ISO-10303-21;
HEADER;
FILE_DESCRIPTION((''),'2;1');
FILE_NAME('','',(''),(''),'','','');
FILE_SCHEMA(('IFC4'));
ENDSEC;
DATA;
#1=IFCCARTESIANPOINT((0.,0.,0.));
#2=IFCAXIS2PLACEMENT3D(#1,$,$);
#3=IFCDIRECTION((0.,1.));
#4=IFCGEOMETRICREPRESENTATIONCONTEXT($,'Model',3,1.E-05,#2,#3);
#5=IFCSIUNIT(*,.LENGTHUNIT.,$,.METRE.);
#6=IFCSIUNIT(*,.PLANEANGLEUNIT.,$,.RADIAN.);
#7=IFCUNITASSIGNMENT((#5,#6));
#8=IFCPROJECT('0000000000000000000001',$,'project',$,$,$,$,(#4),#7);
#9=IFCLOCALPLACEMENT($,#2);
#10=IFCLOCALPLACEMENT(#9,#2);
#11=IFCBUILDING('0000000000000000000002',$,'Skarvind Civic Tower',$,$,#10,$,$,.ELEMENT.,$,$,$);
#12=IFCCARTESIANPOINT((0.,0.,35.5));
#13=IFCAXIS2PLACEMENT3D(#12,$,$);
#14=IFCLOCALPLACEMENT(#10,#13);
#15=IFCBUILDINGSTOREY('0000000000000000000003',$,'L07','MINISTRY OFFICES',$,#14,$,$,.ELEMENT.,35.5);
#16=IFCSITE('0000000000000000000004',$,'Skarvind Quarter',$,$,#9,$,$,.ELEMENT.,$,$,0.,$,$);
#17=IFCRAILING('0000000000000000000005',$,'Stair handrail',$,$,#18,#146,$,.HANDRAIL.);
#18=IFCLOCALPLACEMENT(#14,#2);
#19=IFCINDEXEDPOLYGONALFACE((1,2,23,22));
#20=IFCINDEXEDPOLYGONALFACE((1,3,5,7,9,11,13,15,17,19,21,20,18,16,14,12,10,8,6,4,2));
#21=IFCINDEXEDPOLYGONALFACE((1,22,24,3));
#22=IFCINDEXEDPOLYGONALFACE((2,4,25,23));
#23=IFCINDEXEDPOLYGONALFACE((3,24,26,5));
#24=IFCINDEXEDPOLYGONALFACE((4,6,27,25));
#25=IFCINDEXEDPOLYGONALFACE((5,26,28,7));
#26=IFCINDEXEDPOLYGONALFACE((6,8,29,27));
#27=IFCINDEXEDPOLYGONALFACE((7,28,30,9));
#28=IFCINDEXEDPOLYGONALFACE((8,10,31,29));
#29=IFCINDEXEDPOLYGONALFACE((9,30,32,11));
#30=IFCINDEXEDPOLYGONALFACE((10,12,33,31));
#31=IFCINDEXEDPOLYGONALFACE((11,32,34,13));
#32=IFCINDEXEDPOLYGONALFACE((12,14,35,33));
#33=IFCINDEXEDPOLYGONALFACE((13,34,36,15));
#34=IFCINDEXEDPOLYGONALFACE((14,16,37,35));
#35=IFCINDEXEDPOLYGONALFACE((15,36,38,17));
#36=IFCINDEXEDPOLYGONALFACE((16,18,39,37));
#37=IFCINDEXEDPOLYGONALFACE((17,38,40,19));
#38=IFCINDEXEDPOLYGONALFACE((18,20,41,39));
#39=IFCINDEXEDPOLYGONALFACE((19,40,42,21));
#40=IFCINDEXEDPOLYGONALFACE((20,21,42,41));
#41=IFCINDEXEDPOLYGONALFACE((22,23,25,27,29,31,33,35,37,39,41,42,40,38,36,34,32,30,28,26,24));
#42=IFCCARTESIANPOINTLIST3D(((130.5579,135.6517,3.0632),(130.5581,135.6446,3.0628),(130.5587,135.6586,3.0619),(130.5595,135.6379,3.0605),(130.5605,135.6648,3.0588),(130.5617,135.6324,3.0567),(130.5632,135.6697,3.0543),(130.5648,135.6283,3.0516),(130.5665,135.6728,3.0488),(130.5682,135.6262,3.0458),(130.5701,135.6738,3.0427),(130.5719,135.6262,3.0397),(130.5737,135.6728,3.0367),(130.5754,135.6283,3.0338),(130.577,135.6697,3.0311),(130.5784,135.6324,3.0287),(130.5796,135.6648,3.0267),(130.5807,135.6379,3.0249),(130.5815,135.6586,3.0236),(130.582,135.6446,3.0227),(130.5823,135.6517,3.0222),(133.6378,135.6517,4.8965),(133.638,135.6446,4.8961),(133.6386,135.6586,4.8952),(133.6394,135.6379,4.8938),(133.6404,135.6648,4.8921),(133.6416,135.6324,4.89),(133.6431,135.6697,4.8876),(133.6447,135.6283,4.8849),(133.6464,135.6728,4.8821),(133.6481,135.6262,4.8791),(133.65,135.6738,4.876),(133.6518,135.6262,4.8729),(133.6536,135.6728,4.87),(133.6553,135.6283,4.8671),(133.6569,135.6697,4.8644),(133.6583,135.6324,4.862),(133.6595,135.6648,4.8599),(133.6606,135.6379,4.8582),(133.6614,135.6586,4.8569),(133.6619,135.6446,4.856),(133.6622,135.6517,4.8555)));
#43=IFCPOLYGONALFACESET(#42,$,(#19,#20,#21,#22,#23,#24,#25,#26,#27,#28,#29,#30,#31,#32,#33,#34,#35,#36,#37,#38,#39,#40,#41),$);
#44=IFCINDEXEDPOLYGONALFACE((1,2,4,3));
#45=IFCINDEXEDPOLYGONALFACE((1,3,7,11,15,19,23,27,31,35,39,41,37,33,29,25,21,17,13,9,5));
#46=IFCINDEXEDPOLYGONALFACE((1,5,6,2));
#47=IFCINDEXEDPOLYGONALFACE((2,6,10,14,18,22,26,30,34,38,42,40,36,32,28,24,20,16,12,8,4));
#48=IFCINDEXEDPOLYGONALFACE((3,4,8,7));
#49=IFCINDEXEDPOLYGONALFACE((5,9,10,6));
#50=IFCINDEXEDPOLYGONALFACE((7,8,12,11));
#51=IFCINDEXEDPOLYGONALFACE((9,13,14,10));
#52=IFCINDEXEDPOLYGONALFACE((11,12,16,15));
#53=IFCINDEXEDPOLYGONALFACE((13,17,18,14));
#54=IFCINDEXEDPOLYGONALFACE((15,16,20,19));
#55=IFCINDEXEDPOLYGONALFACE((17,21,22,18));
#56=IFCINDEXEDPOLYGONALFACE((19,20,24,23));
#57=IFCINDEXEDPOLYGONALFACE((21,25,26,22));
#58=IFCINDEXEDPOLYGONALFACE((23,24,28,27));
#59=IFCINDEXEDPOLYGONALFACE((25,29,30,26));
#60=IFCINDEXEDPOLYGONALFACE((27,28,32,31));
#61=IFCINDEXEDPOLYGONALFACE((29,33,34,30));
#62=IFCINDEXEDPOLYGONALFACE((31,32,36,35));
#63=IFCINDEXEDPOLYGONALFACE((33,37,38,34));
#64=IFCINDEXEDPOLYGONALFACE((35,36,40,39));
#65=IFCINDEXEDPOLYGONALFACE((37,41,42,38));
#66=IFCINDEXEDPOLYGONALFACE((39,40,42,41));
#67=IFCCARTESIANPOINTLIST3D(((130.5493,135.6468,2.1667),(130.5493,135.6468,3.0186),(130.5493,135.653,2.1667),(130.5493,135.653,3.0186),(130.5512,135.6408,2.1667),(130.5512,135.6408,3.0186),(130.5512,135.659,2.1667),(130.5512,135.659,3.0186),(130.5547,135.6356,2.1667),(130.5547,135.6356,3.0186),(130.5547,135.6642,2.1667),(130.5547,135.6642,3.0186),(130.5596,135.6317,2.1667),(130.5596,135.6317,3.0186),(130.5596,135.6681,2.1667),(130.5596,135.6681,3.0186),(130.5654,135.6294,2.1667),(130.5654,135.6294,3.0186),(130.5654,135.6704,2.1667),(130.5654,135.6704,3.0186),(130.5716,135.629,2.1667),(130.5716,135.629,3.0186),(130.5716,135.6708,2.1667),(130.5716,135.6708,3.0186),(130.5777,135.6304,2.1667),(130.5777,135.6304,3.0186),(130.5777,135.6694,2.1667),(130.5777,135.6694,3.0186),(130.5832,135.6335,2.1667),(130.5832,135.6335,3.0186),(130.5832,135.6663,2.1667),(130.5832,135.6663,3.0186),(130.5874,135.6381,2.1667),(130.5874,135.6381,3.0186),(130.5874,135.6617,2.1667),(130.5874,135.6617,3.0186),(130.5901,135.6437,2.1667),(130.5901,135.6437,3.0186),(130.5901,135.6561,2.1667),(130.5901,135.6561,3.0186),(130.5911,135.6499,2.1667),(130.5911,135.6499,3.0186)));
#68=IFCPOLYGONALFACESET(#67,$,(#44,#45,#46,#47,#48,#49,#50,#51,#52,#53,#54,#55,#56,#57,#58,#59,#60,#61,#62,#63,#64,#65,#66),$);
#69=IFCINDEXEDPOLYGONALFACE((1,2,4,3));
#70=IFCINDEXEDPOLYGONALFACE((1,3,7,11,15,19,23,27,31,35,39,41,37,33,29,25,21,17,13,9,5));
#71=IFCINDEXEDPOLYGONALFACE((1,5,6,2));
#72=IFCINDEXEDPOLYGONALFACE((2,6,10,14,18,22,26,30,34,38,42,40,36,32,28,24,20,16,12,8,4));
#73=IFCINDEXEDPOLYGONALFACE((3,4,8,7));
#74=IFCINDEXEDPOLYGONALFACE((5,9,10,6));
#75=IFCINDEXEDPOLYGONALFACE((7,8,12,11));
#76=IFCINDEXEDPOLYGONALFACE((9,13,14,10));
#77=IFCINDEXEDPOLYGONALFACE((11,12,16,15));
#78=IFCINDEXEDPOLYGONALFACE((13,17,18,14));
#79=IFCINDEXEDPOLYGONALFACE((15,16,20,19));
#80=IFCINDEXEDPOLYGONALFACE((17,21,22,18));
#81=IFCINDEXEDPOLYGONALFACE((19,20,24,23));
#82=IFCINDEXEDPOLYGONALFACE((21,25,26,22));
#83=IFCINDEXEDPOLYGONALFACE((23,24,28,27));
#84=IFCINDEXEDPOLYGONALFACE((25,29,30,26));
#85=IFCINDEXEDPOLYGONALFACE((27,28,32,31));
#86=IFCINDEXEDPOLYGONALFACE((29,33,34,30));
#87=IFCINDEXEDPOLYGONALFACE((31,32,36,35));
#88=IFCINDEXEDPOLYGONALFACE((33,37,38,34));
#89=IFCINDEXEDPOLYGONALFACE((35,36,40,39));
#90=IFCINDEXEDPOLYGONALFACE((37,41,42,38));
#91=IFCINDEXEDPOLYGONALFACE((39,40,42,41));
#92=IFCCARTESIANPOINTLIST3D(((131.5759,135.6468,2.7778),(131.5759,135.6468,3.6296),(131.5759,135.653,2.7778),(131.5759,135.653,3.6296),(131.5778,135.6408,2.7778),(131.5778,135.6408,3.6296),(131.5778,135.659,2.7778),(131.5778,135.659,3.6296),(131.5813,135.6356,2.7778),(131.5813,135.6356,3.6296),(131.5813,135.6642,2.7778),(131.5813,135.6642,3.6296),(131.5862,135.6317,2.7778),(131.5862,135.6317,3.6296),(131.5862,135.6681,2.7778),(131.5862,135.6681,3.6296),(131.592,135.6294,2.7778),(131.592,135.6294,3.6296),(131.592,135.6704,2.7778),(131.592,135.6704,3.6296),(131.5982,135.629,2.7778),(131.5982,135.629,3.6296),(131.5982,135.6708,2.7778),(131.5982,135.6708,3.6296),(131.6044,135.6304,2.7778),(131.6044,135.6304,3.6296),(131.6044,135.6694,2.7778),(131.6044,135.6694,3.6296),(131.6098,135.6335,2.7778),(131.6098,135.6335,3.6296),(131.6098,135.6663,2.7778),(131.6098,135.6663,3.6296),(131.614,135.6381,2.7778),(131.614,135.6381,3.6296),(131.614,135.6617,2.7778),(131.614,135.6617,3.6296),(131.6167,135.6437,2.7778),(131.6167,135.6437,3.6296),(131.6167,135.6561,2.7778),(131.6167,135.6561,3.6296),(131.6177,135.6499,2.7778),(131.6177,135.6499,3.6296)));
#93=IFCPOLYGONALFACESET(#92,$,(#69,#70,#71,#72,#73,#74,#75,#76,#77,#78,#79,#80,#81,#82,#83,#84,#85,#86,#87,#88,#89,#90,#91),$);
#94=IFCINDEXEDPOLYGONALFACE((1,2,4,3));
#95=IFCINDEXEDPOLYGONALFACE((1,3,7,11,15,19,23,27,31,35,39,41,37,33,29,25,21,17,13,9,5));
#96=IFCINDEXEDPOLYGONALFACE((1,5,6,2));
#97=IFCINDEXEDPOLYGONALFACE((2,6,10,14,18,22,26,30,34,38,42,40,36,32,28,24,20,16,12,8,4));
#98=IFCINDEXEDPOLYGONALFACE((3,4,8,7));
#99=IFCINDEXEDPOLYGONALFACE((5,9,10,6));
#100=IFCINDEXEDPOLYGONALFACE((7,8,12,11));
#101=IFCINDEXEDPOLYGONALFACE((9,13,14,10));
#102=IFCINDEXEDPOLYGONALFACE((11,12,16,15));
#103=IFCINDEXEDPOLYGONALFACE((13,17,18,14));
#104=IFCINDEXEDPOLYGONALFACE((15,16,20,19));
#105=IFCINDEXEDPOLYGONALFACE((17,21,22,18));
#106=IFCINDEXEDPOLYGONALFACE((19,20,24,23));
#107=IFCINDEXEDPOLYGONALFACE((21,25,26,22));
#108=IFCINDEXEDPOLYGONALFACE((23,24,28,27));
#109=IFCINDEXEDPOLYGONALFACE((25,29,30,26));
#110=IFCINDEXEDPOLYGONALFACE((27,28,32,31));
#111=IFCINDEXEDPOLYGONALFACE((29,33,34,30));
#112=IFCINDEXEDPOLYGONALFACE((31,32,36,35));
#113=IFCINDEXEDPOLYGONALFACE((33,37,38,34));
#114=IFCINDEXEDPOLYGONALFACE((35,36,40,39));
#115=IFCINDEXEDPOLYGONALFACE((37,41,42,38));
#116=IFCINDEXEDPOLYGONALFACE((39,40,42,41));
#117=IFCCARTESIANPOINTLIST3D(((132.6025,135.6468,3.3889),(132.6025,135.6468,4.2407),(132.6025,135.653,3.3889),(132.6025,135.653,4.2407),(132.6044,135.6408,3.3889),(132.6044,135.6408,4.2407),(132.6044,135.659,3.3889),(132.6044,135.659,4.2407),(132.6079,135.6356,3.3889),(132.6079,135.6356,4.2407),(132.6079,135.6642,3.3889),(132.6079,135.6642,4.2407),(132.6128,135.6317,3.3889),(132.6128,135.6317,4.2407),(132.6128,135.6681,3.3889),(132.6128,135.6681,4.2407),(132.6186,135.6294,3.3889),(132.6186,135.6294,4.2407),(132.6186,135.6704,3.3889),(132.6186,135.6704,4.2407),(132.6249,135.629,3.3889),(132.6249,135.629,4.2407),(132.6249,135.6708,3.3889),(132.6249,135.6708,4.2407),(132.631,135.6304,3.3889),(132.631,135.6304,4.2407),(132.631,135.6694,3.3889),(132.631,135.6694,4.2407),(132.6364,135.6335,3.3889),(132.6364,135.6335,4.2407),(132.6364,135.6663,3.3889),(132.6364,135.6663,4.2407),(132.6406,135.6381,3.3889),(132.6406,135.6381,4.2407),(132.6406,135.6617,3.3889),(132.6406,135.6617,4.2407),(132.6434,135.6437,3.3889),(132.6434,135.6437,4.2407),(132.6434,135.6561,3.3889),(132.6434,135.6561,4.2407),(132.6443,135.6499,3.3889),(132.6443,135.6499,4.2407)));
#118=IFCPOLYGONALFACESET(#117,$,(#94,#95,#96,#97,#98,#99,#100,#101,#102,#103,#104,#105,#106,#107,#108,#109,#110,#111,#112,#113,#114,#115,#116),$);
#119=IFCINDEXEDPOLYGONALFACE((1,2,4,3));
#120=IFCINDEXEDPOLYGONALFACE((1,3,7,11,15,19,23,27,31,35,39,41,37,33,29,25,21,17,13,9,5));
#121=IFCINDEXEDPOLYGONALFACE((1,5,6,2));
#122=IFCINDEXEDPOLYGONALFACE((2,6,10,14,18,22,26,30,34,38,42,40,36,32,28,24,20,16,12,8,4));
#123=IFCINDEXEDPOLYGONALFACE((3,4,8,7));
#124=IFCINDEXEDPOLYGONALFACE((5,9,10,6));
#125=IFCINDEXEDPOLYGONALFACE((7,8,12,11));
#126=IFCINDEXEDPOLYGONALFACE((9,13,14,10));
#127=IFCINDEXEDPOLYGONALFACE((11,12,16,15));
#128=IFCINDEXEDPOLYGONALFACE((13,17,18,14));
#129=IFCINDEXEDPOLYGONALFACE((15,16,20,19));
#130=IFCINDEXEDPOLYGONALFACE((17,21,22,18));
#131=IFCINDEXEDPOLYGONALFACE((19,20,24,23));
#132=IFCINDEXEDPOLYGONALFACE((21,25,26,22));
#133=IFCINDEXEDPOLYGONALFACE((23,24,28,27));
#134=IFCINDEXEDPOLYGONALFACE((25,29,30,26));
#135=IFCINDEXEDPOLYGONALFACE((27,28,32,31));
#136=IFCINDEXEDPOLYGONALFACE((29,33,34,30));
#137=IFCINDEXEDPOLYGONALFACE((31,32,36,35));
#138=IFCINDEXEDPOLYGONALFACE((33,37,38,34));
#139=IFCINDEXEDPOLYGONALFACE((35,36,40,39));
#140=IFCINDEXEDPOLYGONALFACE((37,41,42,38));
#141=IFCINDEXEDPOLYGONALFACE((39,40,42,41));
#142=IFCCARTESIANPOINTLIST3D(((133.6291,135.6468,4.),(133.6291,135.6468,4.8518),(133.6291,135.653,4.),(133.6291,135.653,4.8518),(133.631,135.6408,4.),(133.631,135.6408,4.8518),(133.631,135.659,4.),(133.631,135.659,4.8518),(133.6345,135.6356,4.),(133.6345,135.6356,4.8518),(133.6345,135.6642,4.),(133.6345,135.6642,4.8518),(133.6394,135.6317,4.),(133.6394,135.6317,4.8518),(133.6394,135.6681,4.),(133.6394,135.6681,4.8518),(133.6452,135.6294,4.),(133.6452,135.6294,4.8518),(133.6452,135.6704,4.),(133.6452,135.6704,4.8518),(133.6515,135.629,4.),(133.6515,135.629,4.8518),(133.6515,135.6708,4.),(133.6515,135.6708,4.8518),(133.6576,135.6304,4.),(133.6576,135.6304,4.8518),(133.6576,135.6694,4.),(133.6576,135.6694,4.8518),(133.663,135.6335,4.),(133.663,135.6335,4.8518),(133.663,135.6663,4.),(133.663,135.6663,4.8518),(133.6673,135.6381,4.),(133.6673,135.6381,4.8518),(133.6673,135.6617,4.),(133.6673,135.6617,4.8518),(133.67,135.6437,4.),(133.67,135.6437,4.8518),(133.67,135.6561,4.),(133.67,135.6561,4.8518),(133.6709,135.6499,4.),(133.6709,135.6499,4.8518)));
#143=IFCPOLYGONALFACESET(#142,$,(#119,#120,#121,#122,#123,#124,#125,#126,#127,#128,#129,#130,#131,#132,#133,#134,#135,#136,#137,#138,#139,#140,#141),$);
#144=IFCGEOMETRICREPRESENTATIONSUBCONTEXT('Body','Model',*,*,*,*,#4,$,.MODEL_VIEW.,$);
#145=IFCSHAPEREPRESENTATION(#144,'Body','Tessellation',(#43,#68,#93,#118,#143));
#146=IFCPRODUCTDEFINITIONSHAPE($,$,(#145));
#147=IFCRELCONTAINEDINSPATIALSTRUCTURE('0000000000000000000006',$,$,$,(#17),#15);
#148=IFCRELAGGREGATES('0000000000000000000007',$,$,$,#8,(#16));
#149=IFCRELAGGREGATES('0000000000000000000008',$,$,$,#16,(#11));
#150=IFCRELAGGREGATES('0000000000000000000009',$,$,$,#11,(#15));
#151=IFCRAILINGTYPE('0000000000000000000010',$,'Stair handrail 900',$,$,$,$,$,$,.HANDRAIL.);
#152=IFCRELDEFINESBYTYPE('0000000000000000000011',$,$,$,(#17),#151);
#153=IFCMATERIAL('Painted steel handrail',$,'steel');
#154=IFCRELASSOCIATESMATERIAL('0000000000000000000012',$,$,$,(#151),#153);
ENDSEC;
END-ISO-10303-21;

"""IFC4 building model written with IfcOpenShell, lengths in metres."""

from ifc_helpers import new_model, si_unit, direction, frame, origin, origin_2d, place, context, subcontext, project, spatial, circle, extrude, material, type_object, element, save


model = new_model("IFC4")

# Units and contexts
model_context = context("Model", 3, precision=1e-05, world=origin(), true_north=direction((0.0, 1.0)))
body_context = subcontext(model_context, "Body", "Model", "MODEL_VIEW")
ifc_project = project(units=[si_unit("LENGTHUNIT", "METRE"), si_unit("PLANEANGLEUNIT", "RADIAN")], contexts=[model_context])

# Site, building, storey
site_placement = place(None, origin())
site = spatial("IfcSite", under=ifc_project, at=site_placement, Name="Skarvind Quarter", CompositionType="ELEMENT", RefElevation=0.0)
building_placement = place(site_placement, origin())
building = spatial("IfcBuilding", under=site, at=building_placement, Name="Skarvind Civic Tower", CompositionType="ELEMENT")
storey_placement = place(building_placement, frame((0.0, 0.0, 35.5)))
storey = spatial("IfcBuildingStorey", under=building, at=storey_placement, Name="L07", Description="MINISTRY OFFICES", CompositionType="ELEMENT", Elevation=35.5)

# Railing
ifc_material_1 = material(Name="Painted steel handrail", Category="steel")
railing_type = type_object("IfcRailingType", Name="Stair handrail 900", PredefinedType="HANDRAIL", material=ifc_material_1)
railing_1_placement = place(storey_placement, frame((130.5701, 135.6499, 2.1667)))
element("IfcRailing", 1, at=railing_1_placement, inside=storey, type_object=railing_type, Name="Stair handrail", PredefinedType="HANDRAIL", context=body_context, shape_type="SweptSolid", body=[
    extrude(circle(Radius=0.0239, at=origin_2d()), frame((0.0, 0.0, 0.876), z_axis=(0.859291, 0.0, 0.511487), x_axis=(0.0, 1.0, 0.0)), (0.0, 0.0, 1.0), 3.5842),
    extrude(circle(Radius=0.021, at=origin_2d()), origin(), (0.0, 0.0, 1.0), 0.8518),
    extrude(circle(Radius=0.021, at=origin_2d()), frame((1.0266, 0.0, 0.6111)), (0.0, 0.0, 1.0), 0.8518),
    extrude(circle(Radius=0.021, at=origin_2d()), frame((2.0532, 0.0, 1.2222)), (0.0, 0.0, 1.0), 0.8518),
    extrude(circle(Radius=0.021, at=origin_2d()), frame((3.0798, 0.0, 1.8333)), (0.0, 0.0, 1.0), 0.8518),
])

save(model, "model.ifc")
